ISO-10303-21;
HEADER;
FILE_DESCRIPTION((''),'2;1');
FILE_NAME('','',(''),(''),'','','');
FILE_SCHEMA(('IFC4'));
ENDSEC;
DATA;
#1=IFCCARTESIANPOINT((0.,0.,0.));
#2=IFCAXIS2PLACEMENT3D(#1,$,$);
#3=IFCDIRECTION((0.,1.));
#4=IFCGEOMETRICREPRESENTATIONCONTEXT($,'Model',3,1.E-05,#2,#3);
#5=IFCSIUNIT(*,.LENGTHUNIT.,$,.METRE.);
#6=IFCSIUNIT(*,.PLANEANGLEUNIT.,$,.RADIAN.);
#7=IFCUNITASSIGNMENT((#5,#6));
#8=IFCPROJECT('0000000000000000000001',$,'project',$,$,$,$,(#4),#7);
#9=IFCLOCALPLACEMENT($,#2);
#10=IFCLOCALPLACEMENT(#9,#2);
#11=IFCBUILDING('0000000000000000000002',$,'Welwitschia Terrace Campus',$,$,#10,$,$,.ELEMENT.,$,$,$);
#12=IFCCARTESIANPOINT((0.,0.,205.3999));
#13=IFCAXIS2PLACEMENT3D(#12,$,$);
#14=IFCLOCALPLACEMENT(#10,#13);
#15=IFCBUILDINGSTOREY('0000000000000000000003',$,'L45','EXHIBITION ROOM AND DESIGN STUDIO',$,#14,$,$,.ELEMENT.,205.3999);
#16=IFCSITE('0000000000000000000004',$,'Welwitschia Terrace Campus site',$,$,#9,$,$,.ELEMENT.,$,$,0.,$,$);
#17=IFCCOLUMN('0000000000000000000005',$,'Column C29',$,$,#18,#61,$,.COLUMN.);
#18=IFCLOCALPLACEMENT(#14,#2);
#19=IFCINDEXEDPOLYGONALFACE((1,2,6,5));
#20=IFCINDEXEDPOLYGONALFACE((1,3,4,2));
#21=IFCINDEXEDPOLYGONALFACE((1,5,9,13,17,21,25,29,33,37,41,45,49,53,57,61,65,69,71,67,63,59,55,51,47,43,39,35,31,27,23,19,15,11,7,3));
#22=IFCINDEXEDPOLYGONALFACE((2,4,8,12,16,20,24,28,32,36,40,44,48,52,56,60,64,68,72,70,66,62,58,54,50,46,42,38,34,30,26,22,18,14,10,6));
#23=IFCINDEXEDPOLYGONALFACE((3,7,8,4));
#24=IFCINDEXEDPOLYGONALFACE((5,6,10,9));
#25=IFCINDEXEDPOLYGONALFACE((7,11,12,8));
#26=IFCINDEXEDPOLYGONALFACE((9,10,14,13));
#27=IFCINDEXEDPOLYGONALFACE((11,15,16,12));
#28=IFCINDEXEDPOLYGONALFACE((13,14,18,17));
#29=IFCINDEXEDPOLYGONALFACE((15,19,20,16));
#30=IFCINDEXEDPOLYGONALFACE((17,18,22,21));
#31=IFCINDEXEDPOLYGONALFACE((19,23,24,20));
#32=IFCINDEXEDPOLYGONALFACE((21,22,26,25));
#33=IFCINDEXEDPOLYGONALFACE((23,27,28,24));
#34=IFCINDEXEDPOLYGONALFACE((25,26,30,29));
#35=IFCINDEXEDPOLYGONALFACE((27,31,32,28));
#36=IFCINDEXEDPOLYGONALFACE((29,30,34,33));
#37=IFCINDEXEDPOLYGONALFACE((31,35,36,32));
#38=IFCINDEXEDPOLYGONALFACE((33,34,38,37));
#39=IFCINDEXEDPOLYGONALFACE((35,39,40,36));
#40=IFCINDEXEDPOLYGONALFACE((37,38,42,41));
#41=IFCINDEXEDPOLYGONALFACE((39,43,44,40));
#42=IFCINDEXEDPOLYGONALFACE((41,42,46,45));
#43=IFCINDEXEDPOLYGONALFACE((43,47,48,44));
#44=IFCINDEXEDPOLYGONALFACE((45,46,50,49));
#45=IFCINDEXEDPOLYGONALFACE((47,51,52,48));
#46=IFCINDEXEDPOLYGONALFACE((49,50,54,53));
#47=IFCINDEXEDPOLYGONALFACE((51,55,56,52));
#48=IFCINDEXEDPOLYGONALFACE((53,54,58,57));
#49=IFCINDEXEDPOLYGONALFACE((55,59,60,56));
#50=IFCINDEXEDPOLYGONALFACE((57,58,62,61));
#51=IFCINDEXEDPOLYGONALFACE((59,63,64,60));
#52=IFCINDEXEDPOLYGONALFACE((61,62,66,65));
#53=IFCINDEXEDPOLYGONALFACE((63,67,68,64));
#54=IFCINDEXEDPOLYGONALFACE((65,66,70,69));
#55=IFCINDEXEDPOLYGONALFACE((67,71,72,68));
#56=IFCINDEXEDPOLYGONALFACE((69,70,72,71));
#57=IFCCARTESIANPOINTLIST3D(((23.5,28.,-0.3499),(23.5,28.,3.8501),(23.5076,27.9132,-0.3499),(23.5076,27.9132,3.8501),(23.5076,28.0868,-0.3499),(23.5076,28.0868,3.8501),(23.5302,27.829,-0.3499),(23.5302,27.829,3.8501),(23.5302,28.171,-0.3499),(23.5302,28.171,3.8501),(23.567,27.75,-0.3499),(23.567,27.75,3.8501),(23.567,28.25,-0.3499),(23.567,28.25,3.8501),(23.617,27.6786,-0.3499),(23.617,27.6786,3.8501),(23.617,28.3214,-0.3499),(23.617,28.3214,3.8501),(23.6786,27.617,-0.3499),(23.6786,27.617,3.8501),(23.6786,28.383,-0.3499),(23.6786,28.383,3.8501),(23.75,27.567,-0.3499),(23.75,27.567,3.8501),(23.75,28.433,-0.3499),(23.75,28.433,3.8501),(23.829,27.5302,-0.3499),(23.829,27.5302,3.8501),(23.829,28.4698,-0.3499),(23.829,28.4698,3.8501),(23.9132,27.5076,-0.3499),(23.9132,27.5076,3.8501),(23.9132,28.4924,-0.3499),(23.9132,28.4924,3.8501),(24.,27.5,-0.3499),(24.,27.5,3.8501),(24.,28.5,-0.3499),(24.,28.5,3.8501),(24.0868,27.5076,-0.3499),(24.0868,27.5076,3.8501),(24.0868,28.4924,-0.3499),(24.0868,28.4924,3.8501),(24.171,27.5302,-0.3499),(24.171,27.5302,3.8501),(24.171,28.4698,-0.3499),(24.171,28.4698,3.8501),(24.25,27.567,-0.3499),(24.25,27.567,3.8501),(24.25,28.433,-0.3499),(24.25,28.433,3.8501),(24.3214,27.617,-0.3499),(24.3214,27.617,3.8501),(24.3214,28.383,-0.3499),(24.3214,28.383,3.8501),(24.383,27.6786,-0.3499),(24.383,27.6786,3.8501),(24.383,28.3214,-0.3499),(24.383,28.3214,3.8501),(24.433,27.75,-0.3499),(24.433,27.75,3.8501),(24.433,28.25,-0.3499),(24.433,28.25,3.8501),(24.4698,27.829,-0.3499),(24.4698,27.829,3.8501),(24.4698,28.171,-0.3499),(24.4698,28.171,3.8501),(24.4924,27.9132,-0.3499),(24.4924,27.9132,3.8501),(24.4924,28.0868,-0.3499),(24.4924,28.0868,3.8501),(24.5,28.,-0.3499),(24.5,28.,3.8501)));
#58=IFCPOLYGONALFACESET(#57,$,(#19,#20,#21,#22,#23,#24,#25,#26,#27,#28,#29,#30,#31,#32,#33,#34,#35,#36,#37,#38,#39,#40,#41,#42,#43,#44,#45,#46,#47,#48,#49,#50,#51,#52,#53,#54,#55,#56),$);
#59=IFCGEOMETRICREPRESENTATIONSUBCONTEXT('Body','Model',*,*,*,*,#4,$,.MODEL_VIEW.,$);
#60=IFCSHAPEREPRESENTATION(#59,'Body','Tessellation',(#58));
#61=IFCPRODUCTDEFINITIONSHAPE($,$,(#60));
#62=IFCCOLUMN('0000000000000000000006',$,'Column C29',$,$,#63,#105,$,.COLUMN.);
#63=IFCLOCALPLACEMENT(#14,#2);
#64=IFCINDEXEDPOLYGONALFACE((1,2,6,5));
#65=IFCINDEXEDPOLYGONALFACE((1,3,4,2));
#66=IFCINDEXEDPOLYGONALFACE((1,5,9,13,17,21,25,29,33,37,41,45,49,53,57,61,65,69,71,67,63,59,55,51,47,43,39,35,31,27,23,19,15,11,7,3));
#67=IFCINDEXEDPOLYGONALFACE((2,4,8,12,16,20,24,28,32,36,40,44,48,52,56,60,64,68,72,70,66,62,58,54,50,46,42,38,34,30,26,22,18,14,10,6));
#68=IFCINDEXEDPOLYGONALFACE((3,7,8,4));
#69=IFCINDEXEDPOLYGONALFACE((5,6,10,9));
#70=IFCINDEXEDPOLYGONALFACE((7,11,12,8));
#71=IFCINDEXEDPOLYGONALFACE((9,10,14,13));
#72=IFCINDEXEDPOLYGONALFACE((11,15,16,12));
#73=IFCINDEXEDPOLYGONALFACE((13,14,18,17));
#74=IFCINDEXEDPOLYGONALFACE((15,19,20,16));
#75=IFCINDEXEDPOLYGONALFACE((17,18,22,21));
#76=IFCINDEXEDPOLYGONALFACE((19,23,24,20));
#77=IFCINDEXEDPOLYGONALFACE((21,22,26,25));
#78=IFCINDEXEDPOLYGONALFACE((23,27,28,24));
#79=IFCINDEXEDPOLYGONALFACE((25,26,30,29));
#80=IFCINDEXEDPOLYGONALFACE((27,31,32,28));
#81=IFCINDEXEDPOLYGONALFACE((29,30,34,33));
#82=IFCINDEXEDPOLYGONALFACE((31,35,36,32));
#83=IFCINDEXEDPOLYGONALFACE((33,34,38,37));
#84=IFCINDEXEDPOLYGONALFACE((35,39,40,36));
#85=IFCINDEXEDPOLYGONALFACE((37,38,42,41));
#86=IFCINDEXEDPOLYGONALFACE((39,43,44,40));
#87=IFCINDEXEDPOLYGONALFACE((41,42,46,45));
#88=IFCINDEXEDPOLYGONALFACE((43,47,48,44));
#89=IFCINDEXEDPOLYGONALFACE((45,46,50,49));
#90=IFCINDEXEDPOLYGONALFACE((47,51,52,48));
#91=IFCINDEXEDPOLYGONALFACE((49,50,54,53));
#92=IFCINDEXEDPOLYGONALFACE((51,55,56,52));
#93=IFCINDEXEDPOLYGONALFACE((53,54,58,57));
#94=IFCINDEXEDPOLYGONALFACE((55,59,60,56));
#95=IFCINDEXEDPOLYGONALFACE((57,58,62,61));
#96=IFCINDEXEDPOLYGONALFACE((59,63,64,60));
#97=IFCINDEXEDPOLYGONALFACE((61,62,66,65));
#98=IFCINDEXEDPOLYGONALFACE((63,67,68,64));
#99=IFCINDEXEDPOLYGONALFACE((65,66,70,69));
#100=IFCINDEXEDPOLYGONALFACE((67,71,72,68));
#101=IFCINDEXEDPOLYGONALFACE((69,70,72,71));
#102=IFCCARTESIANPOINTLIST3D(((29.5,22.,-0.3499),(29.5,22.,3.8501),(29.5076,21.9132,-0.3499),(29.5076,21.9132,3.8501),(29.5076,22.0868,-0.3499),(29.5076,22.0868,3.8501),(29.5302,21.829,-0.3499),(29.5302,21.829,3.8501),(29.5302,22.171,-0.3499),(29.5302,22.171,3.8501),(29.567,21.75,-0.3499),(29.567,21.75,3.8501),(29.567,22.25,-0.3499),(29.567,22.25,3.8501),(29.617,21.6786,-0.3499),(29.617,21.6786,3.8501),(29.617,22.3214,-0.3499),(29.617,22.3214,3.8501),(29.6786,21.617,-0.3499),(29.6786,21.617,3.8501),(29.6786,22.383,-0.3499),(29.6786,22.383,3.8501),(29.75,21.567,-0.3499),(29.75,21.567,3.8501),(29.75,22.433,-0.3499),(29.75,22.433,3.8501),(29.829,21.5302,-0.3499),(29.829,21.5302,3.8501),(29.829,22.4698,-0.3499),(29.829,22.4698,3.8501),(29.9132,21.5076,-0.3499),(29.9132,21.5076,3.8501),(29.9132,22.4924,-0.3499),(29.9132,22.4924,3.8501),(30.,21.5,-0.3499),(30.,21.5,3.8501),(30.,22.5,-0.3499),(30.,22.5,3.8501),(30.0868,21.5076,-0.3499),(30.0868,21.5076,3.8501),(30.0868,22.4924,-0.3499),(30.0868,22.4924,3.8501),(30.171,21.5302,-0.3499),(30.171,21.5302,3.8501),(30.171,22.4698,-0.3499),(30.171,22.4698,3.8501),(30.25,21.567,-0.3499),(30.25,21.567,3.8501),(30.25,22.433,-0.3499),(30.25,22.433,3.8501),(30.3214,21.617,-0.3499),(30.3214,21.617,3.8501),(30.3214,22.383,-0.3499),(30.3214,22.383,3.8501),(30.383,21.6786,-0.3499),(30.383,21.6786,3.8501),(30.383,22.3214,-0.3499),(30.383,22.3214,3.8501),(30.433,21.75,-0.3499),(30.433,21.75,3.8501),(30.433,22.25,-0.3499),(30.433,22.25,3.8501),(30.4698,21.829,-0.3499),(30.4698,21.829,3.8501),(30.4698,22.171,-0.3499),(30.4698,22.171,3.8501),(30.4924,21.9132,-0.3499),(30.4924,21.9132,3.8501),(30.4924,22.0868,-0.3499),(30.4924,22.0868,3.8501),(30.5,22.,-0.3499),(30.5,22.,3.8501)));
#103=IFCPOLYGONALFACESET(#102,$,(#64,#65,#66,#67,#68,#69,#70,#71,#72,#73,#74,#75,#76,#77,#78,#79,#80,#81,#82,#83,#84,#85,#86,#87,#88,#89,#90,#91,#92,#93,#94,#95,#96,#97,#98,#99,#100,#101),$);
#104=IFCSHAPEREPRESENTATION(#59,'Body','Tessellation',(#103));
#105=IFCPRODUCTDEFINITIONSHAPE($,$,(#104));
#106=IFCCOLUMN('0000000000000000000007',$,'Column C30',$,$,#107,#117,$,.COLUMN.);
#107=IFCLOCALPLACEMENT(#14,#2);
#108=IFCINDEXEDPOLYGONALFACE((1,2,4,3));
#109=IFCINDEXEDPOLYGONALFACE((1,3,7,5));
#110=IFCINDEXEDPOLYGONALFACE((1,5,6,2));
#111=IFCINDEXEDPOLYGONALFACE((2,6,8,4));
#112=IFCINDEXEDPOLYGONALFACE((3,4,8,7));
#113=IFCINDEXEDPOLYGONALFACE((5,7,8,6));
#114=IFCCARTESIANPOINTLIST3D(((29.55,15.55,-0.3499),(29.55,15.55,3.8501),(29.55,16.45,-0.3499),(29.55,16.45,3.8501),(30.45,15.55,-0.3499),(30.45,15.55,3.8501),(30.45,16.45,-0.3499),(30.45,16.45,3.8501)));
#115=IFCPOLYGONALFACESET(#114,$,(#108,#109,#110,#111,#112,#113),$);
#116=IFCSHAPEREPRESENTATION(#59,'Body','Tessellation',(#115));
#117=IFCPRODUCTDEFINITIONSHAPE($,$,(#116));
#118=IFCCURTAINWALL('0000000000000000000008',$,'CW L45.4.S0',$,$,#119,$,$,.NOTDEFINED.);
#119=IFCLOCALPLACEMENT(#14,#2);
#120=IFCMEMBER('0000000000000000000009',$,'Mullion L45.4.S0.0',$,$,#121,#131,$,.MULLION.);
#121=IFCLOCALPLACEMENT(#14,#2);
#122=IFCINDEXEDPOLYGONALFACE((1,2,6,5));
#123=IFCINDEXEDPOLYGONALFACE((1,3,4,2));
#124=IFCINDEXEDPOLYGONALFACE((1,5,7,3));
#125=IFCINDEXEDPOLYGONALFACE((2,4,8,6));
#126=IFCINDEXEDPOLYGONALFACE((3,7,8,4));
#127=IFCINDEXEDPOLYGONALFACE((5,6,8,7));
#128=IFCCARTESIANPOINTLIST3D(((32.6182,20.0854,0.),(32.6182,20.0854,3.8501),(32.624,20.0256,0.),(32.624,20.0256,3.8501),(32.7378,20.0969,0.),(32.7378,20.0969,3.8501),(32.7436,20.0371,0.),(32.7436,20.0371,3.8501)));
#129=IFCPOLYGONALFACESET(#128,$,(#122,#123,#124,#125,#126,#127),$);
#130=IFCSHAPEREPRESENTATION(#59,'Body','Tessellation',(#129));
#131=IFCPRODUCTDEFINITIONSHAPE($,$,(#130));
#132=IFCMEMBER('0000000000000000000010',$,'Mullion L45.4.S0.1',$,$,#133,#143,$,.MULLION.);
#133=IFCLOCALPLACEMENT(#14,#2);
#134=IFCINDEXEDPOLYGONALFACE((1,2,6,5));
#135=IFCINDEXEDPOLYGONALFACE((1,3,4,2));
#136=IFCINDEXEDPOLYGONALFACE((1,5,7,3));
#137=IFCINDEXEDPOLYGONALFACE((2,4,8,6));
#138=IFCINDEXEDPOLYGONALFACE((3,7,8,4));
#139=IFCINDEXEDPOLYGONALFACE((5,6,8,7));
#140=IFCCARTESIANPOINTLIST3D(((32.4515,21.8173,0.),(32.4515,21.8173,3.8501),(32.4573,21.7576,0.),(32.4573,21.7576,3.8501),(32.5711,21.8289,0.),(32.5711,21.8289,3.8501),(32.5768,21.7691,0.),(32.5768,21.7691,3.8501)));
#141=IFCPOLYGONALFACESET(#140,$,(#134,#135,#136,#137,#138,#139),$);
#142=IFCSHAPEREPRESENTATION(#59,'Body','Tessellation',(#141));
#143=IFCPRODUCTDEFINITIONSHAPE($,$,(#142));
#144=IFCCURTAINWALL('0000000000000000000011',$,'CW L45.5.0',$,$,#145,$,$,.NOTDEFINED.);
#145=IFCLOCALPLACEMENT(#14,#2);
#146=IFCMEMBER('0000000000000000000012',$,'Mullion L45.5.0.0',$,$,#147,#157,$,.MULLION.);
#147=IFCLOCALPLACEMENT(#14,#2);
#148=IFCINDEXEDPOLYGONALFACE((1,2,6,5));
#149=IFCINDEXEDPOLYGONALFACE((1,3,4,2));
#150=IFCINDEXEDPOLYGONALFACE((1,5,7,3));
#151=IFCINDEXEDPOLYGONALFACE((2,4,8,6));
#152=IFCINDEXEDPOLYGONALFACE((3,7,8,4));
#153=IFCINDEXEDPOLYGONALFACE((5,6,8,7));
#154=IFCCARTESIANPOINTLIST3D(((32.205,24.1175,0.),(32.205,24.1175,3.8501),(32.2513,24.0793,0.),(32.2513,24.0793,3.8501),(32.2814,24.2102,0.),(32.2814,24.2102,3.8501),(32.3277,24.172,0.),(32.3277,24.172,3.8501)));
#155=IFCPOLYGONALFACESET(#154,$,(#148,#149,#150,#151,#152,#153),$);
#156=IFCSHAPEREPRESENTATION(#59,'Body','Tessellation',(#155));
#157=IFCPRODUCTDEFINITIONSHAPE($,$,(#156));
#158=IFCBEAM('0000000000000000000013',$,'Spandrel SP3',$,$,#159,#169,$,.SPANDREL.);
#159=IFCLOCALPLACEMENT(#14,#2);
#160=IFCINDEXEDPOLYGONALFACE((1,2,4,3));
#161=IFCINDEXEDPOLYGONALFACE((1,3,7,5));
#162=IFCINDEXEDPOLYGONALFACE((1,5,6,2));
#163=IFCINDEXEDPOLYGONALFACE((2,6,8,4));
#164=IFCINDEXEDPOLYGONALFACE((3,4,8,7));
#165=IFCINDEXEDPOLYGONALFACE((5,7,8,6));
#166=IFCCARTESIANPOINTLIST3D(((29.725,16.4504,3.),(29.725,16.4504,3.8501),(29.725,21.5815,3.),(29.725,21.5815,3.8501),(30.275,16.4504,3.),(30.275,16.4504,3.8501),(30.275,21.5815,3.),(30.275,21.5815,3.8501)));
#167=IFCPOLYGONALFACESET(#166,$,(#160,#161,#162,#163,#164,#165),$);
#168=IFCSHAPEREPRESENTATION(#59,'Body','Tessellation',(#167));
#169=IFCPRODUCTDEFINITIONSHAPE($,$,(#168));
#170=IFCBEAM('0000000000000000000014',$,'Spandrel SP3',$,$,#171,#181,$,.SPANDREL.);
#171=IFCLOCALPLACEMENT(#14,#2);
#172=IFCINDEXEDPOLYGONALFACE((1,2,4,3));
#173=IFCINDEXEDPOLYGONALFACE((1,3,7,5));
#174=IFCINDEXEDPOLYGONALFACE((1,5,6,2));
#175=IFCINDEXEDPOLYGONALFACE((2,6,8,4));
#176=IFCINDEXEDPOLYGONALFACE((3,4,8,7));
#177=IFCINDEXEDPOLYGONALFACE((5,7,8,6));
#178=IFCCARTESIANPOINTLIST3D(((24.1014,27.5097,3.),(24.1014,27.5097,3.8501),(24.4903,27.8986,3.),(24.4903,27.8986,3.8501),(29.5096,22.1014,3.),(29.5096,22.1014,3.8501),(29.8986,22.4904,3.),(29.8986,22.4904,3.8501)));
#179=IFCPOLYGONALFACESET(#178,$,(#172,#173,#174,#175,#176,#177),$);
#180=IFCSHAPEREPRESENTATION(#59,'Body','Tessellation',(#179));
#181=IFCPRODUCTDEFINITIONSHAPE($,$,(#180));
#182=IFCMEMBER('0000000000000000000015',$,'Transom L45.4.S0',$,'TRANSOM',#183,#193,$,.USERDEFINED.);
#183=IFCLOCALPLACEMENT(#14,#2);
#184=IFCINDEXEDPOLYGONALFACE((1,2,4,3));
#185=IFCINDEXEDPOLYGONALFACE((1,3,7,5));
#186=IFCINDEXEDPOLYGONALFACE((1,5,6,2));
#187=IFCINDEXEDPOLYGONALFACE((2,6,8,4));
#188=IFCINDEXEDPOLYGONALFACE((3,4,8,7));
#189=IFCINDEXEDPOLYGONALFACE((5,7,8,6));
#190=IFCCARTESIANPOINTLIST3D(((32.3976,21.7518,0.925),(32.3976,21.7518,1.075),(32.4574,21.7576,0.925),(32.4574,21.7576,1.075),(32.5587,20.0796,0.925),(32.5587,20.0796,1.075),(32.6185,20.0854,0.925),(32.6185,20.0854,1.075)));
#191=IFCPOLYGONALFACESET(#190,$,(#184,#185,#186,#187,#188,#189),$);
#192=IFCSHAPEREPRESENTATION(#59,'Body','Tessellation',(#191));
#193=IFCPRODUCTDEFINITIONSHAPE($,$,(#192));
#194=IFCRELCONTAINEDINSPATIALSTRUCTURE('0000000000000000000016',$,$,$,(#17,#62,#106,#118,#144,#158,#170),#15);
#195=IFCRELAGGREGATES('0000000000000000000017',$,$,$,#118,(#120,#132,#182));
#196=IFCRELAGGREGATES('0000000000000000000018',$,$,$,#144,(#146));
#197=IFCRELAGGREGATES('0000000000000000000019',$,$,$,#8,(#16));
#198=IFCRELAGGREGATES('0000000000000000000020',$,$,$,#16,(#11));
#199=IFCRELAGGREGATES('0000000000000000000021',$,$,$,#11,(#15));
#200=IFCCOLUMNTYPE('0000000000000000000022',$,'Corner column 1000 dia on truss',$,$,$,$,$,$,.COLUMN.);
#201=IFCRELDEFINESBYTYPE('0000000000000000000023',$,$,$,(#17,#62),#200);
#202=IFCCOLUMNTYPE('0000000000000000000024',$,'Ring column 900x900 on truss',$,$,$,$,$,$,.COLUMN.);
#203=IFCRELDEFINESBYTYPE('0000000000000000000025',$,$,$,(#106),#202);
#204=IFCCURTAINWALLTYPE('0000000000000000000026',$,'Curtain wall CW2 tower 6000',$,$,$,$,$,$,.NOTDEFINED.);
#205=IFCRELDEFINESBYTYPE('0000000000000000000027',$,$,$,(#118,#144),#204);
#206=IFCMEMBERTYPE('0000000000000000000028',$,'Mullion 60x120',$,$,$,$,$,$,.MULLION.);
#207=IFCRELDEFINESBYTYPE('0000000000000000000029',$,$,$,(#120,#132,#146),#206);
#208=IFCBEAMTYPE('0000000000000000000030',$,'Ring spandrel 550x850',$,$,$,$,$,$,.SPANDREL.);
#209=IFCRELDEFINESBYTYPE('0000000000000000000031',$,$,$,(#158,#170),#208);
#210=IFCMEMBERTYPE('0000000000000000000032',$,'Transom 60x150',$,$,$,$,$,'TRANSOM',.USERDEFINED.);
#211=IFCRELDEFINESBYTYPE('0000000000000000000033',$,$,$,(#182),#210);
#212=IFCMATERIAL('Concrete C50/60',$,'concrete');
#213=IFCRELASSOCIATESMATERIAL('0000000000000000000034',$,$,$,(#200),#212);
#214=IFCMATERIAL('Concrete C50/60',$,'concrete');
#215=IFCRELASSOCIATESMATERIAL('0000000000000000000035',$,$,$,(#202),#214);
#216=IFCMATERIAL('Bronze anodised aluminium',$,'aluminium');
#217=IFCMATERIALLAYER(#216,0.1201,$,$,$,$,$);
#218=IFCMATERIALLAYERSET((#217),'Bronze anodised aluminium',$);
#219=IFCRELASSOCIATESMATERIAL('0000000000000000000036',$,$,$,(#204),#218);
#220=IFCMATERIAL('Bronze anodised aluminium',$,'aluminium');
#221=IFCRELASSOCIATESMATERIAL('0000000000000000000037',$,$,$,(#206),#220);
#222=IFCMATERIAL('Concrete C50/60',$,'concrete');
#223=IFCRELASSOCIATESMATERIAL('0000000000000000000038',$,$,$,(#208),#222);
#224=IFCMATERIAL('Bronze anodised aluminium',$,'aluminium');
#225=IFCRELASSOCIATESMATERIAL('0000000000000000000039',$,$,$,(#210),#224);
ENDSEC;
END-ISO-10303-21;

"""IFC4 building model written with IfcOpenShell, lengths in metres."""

from ifc_helpers import new_model, si_unit, direction, frame, origin, origin_2d, place, context, subcontext, project, spatial, rectangle, circle, extrude, material, layer, layer_set, material_profile, profile_set, type_object, element, aggregate, save


model = new_model("IFC4")

# Units and contexts
model_context = context("Model", 3, precision=1e-05, world=origin(), true_north=direction((0.0, 1.0)))
body_context = subcontext(model_context, "Body", "Model", "MODEL_VIEW")
ifc_project = project(units=[si_unit("LENGTHUNIT", "METRE"), si_unit("PLANEANGLEUNIT", "RADIAN")], contexts=[model_context])

# Site, building, storey
site_placement = place(None, origin())
site = spatial("IfcSite", under=ifc_project, at=site_placement, Name="Welwitschia Terrace Campus site", CompositionType="ELEMENT", RefElevation=0.0)
building_placement = place(site_placement, origin())
building = spatial("IfcBuilding", under=site, at=building_placement, Name="Welwitschia Terrace Campus", CompositionType="ELEMENT")
storey_placement = place(building_placement, frame((0.0, 0.0, 205.3999)))
storey = spatial("IfcBuildingStorey", under=building, at=storey_placement, Name="L45", Description="EXHIBITION ROOM AND DESIGN STUDIO", CompositionType="ELEMENT", Elevation=205.3999)

# Columns
ifc_material_1 = material(Name="Concrete C50/60", Category="concrete")
ifc_material_profile_1 = material_profile(ifc_material_1, circle(Radius=0.5, at=origin_2d()))
ifc_profile_set_1 = profile_set([ifc_material_profile_1], Name="Concrete C50/60")
column_type_1 = type_object("IfcColumnType", Name="Corner column 1000 dia on truss", PredefinedType="COLUMN", material=ifc_profile_set_1)
for number, where, z_axis, x_axis, name in (
    (1, (24.0, 28.0, -0.3499), (0.0, 0.0, 1.0), (1.0, 0.0, 0.0), "Column C29"),
    (2, (30.0, 22.0, -0.3499), (0.0, 0.0, 1.0), (1.0, 0.0, 0.0), "Column C29"),
):
    element("IfcColumn", number, at=place(storey_placement, frame(where, z_axis=z_axis, x_axis=x_axis)), inside=storey, type_object=column_type_1, Name=name, PredefinedType="COLUMN", context=body_context, shape_type="SweptSolid", body=[
        extrude(circle(Radius=0.5, at=origin_2d()), origin(), (0.0, 0.0, 1.0), 4.2),
    ])
ifc_material_2 = material(Name="Concrete C50/60", Category="concrete")
ifc_material_profile_2 = material_profile(ifc_material_2, rectangle(XDim=0.8999, YDim=0.8999, at=origin_2d()))
ifc_profile_set_2 = profile_set([ifc_material_profile_2], Name="Concrete C50/60")
column_type_2 = type_object("IfcColumnType", Name="Ring column 900x900 on truss", PredefinedType="COLUMN", material=ifc_profile_set_2)
column_placement = place(storey_placement, frame((30.0, 16.0, -0.3499), z_axis=(0.0, 0.0, 1.0), x_axis=(1.0, 0.0, 0.0)))
element("IfcColumn", 3, at=column_placement, inside=storey, type_object=column_type_2, Name="Column C30", PredefinedType="COLUMN", context=body_context, shape_type="SweptSolid", body=[
    extrude(rectangle(XDim=0.8999, YDim=0.8999, at=origin_2d()), origin(), (0.0, 0.0, 1.0), 4.2),
])

# Curtain wall, members
ifc_material_3 = material(Name="Bronze anodised aluminium", Category="aluminium")
ifc_layer_1 = layer(ifc_material_3, 0.1201)
ifc_layer_set_1 = layer_set([ifc_layer_1], Name="Bronze anodised aluminium")
curtain_wall_type = type_object("IfcCurtainWallType", Name="Curtain wall CW2 tower 6000", PredefinedType="NOTDEFINED", material=ifc_layer_set_1)
curtain_wall_1_placement = place(storey_placement, origin())
curtain_wall_1 = element("IfcCurtainWall", 4, at=curtain_wall_1_placement, inside=storey, type_object=curtain_wall_type, Name="CW L45.4.S0", PredefinedType="NOTDEFINED")
ifc_material_4 = material(Name="Bronze anodised aluminium", Category="aluminium")
ifc_material_profile_3 = material_profile(ifc_material_4, rectangle(XDim=0.1201, YDim=0.0601, at=origin_2d()))
ifc_profile_set_3 = profile_set([ifc_material_profile_3], Name="Bronze anodised aluminium")
member_type_1 = type_object("IfcMemberType", Name="Mullion 60x120", PredefinedType="MULLION", material=ifc_profile_set_3)
member_1_placement = place(storey_placement, frame((32.6809, 20.0613, 0.0), z_axis=(0.0, 0.0, 1.0), x_axis=(-0.995396, -0.095846, 0.0)))
member_1 = element("IfcMember", 5, at=member_1_placement, type_object=member_type_1, Name="Mullion L45.4.S0.0", PredefinedType="MULLION", context=body_context, shape_type="SweptSolid", body=[
    extrude(rectangle(XDim=0.1201, YDim=0.0601, at=origin_2d()), origin(), (0.0, 0.0, 1.0), 3.8501),
])
member_2_placement = place(storey_placement, frame((32.5142, 21.7932, 0.0), z_axis=(0.0, 0.0, 1.0), x_axis=(-0.995396, -0.095846, 0.0)))
member_2 = element("IfcMember", 6, at=member_2_placement, type_object=member_type_1, Name="Mullion L45.4.S0.1", PredefinedType="MULLION", context=body_context, shape_type="SweptSolid", body=[
    extrude(rectangle(XDim=0.1201, YDim=0.0601, at=origin_2d()), origin(), (0.0, 0.0, 1.0), 3.8501),
])

# Curtain wall, member
curtain_wall_2_placement = place(storey_placement, origin())
curtain_wall_2 = element("IfcCurtainWall", 7, at=curtain_wall_2_placement, inside=storey, type_object=curtain_wall_type, Name="CW L45.5.0", PredefinedType="NOTDEFINED")
member_3_placement = place(storey_placement, frame((32.2664, 24.1448, 0.0), z_axis=(0.0, 0.0, 1.0), x_axis=(-0.636078, -0.771625, 0.0)))
member_3 = element("IfcMember", 8, at=member_3_placement, type_object=member_type_1, Name="Mullion L45.5.0.0", PredefinedType="MULLION", context=body_context, shape_type="SweptSolid", body=[
    extrude(rectangle(XDim=0.1201, YDim=0.0601, at=origin_2d()), origin(), (0.0, 0.0, 1.0), 3.8501),
])

# Beams
ifc_material_5 = material(Name="Concrete C50/60", Category="concrete")
ifc_material_profile_4 = material_profile(ifc_material_5, rectangle(XDim=0.55, YDim=0.8501, at=origin_2d()))
ifc_profile_set_4 = profile_set([ifc_material_profile_4], Name="Concrete C50/60")
beam_type = type_object("IfcBeamType", Name="Ring spandrel 550x850", PredefinedType="SPANDREL", material=ifc_profile_set_4)
beam_1_placement = place(storey_placement, frame((30.0, 16.4504, 3.425), z_axis=(0.0, 1.0, 0.0), x_axis=(-1.0, 0.0, 0.0)))
element("IfcBeam", 9, at=beam_1_placement, inside=storey, type_object=beam_type, Name="Spandrel SP3", PredefinedType="SPANDREL", context=body_context, shape_type="SweptSolid", body=[
    extrude(rectangle(XDim=0.55, YDim=0.8501, at=origin_2d()), origin(), (0.0, 0.0, 1.0), 5.1311),
])
beam_2_placement = place(storey_placement, frame((29.7041, 22.2959, 3.425), z_axis=(-0.707107, 0.707107, 0.0), x_axis=(-0.707107, -0.707107, 0.0)))
element("IfcBeam", 10, at=beam_2_placement, inside=storey, type_object=beam_type, Name="Spandrel SP3", PredefinedType="SPANDREL", context=body_context, shape_type="SweptSolid", body=[
    extrude(rectangle(XDim=0.55, YDim=0.8501, at=origin_2d()), origin(), (0.0, 0.0, 1.0), 7.6484),
])

# Member
ifc_material_6 = material(Name="Bronze anodised aluminium", Category="aluminium")
ifc_material_profile_5 = material_profile(ifc_material_6, rectangle(XDim=0.0601, YDim=0.1499, at=origin_2d()))
ifc_profile_set_5 = profile_set([ifc_material_profile_5], Name="Bronze anodised aluminium")
member_type_2 = type_object("IfcMemberType", Name="Transom 60x150", ElementType="TRANSOM", PredefinedType="USERDEFINED", material=ifc_profile_set_5)
member_4_placement = place(storey_placement, frame((32.5886, 20.0825, 1.0), z_axis=(-0.09592, 0.995389, 0.0), x_axis=(-0.995389, -0.09592, 0.0)))
member_4 = element("IfcMember", 11, at=member_4_placement, type_object=member_type_2, Name="Transom L45.4.S0", ObjectType="TRANSOM", PredefinedType="USERDEFINED", context=body_context, shape_type="SweptSolid", body=[
    extrude(rectangle(XDim=0.0601, YDim=0.1499, at=origin_2d()), origin(), (0.0, 0.0, 1.0), 1.6799),
])

aggregate(curtain_wall_1, [member_1, member_2, member_4])
aggregate(curtain_wall_2, [member_3])

save(model, "model.ifc")
